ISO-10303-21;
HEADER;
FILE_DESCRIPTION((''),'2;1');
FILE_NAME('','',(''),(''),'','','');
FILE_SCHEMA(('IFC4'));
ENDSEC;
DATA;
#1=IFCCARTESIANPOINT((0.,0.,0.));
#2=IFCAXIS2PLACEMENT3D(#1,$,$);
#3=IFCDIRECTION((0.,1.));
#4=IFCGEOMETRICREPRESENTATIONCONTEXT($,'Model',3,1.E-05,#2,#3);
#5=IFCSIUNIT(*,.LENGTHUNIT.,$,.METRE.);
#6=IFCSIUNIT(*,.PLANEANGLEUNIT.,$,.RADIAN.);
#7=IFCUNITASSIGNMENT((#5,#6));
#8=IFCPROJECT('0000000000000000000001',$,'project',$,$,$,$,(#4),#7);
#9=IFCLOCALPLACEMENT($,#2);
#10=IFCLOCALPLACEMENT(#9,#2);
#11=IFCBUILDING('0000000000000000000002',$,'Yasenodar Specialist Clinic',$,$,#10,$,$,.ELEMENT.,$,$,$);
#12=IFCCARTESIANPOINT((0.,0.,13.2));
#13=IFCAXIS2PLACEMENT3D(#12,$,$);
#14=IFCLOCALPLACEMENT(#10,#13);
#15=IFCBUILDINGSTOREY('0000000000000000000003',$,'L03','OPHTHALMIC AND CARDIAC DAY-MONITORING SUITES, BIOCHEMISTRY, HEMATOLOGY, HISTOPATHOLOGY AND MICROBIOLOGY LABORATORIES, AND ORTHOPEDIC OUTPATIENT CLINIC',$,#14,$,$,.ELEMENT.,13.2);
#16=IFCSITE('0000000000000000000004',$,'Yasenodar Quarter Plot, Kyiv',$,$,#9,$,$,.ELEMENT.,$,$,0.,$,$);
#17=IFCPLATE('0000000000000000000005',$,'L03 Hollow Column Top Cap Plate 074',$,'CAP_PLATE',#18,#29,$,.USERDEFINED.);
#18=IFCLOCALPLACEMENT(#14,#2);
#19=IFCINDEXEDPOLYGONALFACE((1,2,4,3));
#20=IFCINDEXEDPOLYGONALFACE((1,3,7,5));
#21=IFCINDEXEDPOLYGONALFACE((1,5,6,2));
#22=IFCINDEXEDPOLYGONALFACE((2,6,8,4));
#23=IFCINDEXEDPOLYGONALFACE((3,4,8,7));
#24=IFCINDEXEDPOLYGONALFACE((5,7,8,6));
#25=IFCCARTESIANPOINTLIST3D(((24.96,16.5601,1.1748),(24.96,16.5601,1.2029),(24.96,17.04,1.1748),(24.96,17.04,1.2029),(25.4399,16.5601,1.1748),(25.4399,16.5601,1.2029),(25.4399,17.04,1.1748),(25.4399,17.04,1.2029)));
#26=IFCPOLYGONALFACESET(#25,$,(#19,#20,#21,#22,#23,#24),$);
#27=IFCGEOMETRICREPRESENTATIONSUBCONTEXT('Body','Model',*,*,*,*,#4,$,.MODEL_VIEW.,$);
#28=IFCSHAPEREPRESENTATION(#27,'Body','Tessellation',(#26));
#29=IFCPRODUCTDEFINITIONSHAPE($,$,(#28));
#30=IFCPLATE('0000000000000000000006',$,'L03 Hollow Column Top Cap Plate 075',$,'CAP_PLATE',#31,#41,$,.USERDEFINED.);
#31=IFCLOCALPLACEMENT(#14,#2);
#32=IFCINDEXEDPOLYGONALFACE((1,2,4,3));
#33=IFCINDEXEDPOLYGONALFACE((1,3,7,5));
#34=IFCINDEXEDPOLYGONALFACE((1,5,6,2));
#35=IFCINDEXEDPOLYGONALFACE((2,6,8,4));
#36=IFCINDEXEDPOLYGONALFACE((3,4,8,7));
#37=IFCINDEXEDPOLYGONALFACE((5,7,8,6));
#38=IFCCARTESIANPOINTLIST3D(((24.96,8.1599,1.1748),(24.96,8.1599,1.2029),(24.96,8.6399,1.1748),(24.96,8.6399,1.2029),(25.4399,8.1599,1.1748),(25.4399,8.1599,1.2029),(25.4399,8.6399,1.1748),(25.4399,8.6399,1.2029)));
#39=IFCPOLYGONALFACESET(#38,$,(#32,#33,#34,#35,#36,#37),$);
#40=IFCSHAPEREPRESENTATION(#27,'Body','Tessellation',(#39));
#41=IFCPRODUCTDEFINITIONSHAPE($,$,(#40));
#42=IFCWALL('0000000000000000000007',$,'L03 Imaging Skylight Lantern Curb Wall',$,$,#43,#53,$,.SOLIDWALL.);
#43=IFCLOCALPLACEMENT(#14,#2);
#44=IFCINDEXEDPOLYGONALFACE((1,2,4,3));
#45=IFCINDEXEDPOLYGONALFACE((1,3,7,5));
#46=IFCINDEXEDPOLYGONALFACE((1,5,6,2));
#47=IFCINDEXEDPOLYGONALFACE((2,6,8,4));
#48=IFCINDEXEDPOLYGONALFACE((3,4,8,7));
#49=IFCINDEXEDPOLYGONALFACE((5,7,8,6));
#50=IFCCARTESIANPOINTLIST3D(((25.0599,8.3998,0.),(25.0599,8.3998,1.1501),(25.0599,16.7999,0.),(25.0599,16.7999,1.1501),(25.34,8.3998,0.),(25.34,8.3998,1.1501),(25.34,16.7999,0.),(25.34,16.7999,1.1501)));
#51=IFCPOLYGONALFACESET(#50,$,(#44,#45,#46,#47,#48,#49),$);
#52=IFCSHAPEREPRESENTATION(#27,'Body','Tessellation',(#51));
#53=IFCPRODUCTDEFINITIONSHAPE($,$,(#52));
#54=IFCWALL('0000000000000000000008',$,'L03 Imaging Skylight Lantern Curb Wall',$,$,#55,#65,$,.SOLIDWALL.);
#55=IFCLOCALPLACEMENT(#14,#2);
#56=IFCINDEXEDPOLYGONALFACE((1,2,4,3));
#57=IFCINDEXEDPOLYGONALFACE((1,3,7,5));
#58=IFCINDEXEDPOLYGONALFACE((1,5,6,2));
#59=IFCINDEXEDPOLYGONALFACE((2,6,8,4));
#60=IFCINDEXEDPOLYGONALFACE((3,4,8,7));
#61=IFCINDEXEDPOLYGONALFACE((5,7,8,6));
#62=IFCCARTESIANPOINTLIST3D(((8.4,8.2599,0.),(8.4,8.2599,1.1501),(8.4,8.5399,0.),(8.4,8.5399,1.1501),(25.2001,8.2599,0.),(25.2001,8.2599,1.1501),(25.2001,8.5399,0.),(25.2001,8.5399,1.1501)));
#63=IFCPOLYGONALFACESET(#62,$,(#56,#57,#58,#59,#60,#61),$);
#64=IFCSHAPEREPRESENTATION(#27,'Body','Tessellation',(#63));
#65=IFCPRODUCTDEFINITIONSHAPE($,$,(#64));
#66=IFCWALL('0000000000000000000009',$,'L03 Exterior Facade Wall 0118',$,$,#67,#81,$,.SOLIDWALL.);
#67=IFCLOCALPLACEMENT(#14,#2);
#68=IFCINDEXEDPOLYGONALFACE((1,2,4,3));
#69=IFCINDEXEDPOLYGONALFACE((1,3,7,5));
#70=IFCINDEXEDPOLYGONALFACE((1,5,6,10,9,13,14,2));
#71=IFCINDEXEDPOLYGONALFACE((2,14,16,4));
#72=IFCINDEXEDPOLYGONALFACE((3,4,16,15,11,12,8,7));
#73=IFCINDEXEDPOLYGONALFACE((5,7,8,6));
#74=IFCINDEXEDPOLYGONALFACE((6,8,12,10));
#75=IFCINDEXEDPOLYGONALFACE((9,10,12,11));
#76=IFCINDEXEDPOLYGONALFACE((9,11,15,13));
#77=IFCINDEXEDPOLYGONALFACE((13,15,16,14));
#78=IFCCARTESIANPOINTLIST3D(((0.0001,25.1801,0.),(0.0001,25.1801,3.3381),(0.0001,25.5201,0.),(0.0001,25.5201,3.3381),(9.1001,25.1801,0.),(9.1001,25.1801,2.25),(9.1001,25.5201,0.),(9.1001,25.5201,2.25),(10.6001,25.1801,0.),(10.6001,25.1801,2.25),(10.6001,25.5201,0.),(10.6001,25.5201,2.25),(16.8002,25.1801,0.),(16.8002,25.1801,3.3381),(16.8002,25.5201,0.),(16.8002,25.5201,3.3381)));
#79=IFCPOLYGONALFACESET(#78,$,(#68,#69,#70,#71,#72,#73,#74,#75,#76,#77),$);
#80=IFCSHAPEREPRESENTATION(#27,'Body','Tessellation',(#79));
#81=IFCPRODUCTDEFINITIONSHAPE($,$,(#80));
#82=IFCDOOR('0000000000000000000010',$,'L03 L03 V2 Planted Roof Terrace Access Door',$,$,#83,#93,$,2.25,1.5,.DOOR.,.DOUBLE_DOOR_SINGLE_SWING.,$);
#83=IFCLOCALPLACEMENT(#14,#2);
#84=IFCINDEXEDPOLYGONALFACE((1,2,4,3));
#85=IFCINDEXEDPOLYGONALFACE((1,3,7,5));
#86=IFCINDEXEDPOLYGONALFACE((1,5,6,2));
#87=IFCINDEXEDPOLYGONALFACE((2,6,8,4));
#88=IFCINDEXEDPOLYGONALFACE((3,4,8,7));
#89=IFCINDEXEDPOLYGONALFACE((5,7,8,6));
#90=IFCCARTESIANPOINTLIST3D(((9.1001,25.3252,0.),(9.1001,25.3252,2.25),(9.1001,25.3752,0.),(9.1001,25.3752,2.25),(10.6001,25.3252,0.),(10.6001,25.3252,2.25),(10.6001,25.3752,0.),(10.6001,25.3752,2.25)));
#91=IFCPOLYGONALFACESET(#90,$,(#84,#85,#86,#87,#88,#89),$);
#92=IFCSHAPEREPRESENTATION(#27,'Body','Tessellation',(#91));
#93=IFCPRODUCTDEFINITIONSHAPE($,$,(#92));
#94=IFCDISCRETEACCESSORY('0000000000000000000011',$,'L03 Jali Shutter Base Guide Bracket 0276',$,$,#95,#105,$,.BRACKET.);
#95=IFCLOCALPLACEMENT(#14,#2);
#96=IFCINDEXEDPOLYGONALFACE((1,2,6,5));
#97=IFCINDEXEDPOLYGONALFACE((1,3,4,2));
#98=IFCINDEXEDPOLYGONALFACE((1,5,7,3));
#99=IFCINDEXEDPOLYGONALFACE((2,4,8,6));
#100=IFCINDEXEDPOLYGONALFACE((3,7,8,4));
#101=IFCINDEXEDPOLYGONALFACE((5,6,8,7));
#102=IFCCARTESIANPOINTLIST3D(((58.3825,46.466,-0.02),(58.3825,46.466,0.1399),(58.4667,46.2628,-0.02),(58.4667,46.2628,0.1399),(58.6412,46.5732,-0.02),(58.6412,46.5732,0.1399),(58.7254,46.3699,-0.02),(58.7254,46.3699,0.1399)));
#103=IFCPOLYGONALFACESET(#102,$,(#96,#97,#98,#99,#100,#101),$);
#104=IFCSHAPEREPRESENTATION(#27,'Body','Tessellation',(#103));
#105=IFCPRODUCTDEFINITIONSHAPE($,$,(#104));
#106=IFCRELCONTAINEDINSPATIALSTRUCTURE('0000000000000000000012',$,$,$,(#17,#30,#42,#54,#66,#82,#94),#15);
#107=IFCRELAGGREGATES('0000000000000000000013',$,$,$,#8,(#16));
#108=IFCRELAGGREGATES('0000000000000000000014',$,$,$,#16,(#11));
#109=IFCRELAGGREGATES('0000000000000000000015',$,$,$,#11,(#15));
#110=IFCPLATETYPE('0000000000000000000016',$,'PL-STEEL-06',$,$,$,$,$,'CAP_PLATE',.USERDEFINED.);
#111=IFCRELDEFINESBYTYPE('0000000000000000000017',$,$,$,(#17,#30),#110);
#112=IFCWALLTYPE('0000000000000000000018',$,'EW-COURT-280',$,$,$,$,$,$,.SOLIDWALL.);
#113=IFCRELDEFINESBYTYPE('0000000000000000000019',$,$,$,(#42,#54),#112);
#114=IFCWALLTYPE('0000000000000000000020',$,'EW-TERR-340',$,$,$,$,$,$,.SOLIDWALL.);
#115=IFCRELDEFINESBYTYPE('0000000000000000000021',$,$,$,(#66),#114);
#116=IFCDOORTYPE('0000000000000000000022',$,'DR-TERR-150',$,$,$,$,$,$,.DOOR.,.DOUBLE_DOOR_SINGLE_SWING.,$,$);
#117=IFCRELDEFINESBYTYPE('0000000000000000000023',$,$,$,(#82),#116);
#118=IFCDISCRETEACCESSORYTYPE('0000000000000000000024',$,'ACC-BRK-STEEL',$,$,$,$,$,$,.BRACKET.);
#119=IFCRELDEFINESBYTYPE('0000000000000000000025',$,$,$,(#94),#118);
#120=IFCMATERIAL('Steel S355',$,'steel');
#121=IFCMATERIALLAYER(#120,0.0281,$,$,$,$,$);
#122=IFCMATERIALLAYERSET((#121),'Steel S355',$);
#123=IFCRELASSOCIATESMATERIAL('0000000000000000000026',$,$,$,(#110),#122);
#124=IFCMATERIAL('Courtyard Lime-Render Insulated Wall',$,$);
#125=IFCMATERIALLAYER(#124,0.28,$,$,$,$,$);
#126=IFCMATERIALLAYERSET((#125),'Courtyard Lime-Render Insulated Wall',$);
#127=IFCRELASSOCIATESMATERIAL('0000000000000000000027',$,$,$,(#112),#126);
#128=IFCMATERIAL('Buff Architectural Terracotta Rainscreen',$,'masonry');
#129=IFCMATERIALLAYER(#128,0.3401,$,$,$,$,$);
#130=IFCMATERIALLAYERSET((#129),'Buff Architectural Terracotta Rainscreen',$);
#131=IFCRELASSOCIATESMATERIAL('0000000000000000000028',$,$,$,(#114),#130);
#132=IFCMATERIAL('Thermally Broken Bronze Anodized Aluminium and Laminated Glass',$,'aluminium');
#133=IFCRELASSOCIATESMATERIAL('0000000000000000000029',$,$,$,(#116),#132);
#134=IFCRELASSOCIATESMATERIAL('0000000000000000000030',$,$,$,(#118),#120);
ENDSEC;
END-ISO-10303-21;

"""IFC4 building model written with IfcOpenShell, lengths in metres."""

from ifc_helpers import new_model, si_unit, direction, frame, frame_2d, origin, origin_2d, place, context, subcontext, project, spatial, rectangle, extrude, material, layer, layer_set, type_object, element, fill, save


model = new_model("IFC4")

# Units and contexts
model_context = context("Model", 3, precision=1e-05, world=origin(), true_north=direction((0.0, 1.0)))
body_context = subcontext(model_context, "Body", "Model", "MODEL_VIEW")
ifc_project = project(units=[si_unit("LENGTHUNIT", "METRE"), si_unit("PLANEANGLEUNIT", "RADIAN")], contexts=[model_context])

# Site, building, storey
site_placement = place(None, origin())
site = spatial("IfcSite", under=ifc_project, at=site_placement, Name="Yasenodar Quarter Plot, Kyiv", CompositionType="ELEMENT", RefElevation=0.0)
building_placement = place(site_placement, origin())
building = spatial("IfcBuilding", under=site, at=building_placement, Name="Yasenodar Specialist Clinic", CompositionType="ELEMENT")
storey_placement = place(building_placement, frame((0.0, 0.0, 13.2)))
storey = spatial("IfcBuildingStorey", under=building, at=storey_placement, Name="L03", Description="OPHTHALMIC AND CARDIAC DAY-MONITORING SUITES, BIOCHEMISTRY, HEMATOLOGY, HISTOPATHOLOGY AND MICROBIOLOGY LABORATORIES, AND ORTHOPEDIC OUTPATIENT CLINIC", CompositionType="ELEMENT", Elevation=13.2)

# Shared definitions
ifc_material_1 = material(Name="Steel S355", Category="steel")

# Plates
ifc_layer_1 = layer(ifc_material_1, 0.0281)
ifc_layer_set_1 = layer_set([ifc_layer_1], Name="Steel S355")
plate_type_1 = type_object("IfcPlateType", Name="PL-STEEL-06", ElementType="CAP_PLATE", PredefinedType="USERDEFINED", material=ifc_layer_set_1)
for number, where, z_axis, x_axis, name in (
    (1, (25.2, 16.8, 1.1748), (0.0, 0.0, 1.0), (1.0, 0.0, 0.0), "L03 Hollow Column Top Cap Plate 074"),
    (2, (25.2, 8.3999, 1.1748), (0.0, 0.0, 1.0), (1.0, 0.0, 0.0), "L03 Hollow Column Top Cap Plate 075"),
):
    element("IfcPlate", number, at=place(storey_placement, frame(where, z_axis=z_axis, x_axis=x_axis)), inside=storey, type_object=plate_type_1, Name=name, ObjectType="CAP_PLATE", PredefinedType="USERDEFINED", context=body_context, shape_type="SweptSolid", body=[
        extrude(rectangle(XDim=0.48, YDim=0.48, at=origin_2d()), origin(), (0.0, 0.0, 1.0), 0.0281),
    ])

# Walls
ifc_material_2 = material(Name="Courtyard Lime-Render Insulated Wall")
ifc_layer_2 = layer(ifc_material_2, 0.28)
ifc_layer_set_2 = layer_set([ifc_layer_2], Name="Courtyard Lime-Render Insulated Wall")
wall_type_1 = type_object("IfcWallType", Name="EW-COURT-280", PredefinedType="SOLIDWALL", material=ifc_layer_set_2)
wall_1_placement = place(storey_placement, frame((25.2, 16.8, 0.0), z_axis=(0.0, 0.0, 1.0), x_axis=(0.0, -1.0, 0.0)))
element("IfcWall", 3, at=wall_1_placement, inside=storey, type_object=wall_type_1, Name="L03 Imaging Skylight Lantern Curb Wall", PredefinedType="SOLIDWALL", context=body_context, shape_type="SweptSolid", body=[
    extrude(rectangle(XDim=8.4001, YDim=0.28, at=frame_2d((4.2002, 0.0))), origin(), (0.0, 0.0, 1.0), 1.1501),
])
wall_2_placement = place(storey_placement, frame((25.2, 8.3999, 0.0), z_axis=(0.0, 0.0, 1.0), x_axis=(-1.0, 0.0, 0.0)))
element("IfcWall", 4, at=wall_2_placement, inside=storey, type_object=wall_type_1, Name="L03 Imaging Skylight Lantern Curb Wall", PredefinedType="SOLIDWALL", context=body_context, shape_type="SweptSolid", body=[
    extrude(rectangle(XDim=16.8, YDim=0.28, at=frame_2d((8.3999, 0.0))), origin(), (0.0, 0.0, 1.0), 1.1501),
])

# Wall, opening, door
ifc_material_3 = material(Name="Buff Architectural Terracotta Rainscreen", Category="masonry")
ifc_layer_3 = layer(ifc_material_3, 0.3401)
ifc_layer_set_3 = layer_set([ifc_layer_3], Name="Buff Architectural Terracotta Rainscreen")
wall_type_2 = type_object("IfcWallType", Name="EW-TERR-340", PredefinedType="SOLIDWALL", material=ifc_layer_set_3)
wall_3_placement = place(storey_placement, frame((16.8, 25.3501, 0.0), z_axis=(0.0, 0.0, 1.0), x_axis=(-1.0, 0.0, 0.0)))
wall_3 = element("IfcWall", 5, at=wall_3_placement, inside=storey, type_object=wall_type_2, Name="L03 Exterior Facade Wall 0118", PredefinedType="SOLIDWALL", context=body_context, shape_type="SweptSolid", body=[
    extrude(rectangle(XDim=16.8, YDim=0.3401, at=frame_2d((8.3999, 0.0))), origin(), (0.0, 0.0, 1.0), 3.3381),
])
opening_placement = place(wall_3_placement, frame((6.2, 0.0, 0.0)))
opening = element("IfcOpeningElement", 6, at=opening_placement, cuts=wall_3, PredefinedType="OPENING", context=body_context, shape_type="SweptSolid", body=[
    extrude(rectangle(XDim=1.5, YDim=2.25, at=frame_2d((0.75, 1.125))), frame((0.0, 0.1802, 0.0), z_axis=(0.0, -1.0, 0.0), x_axis=(1.0, 0.0, 0.0)), (0.0, 0.0, 1.0), 0.3601),
])
ifc_material_4 = material(Name="Thermally Broken Bronze Anodized Aluminium and Laminated Glass", Category="aluminium")
door_type = type_object("IfcDoorType", Name="DR-TERR-150", OperationType="DOUBLE_DOOR_SINGLE_SWING", PredefinedType="DOOR", material=ifc_material_4)
door_placement = place(opening_placement, origin())
door = element("IfcDoor", 7, at=door_placement, inside=storey, type_object=door_type, Name="L03 L03 V2 Planted Roof Terrace Access Door", OperationType="DOUBLE_DOOR_SINGLE_SWING", OverallHeight=2.25, OverallWidth=1.5, PredefinedType="DOOR", context=body_context, shape_type="SweptSolid", body=[
    extrude(rectangle(XDim=1.5, YDim=2.25, at=frame_2d((0.75, 1.125))), frame((0.0, 0.0249, 0.0), z_axis=(0.0, -1.0, 0.0), x_axis=(1.0, 0.0, 0.0)), (0.0, 0.0, 1.0), 0.05),
])
fill(opening, door)

# Discrete accessory
discrete_accessory_type = type_object("IfcDiscreteAccessoryType", Name="ACC-BRK-STEEL", PredefinedType="BRACKET", material=ifc_material_1)
discrete_accessory_placement = place(storey_placement, frame((58.554, 46.418, -0.02), z_axis=(0.0, 0.0, 1.0), x_axis=(0.382687, -0.923878, 0.0)))
element("IfcDiscreteAccessory", 8, at=discrete_accessory_placement, inside=storey, type_object=discrete_accessory_type, Name="L03 Jali Shutter Base Guide Bracket 0276", PredefinedType="BRACKET", context=body_context, shape_type="SweptSolid", body=[
    extrude(rectangle(XDim=0.22, YDim=0.28, at=origin_2d()), origin(), (0.0, 0.0, 1.0), 0.1599),
])

save(model, "model.ifc")
